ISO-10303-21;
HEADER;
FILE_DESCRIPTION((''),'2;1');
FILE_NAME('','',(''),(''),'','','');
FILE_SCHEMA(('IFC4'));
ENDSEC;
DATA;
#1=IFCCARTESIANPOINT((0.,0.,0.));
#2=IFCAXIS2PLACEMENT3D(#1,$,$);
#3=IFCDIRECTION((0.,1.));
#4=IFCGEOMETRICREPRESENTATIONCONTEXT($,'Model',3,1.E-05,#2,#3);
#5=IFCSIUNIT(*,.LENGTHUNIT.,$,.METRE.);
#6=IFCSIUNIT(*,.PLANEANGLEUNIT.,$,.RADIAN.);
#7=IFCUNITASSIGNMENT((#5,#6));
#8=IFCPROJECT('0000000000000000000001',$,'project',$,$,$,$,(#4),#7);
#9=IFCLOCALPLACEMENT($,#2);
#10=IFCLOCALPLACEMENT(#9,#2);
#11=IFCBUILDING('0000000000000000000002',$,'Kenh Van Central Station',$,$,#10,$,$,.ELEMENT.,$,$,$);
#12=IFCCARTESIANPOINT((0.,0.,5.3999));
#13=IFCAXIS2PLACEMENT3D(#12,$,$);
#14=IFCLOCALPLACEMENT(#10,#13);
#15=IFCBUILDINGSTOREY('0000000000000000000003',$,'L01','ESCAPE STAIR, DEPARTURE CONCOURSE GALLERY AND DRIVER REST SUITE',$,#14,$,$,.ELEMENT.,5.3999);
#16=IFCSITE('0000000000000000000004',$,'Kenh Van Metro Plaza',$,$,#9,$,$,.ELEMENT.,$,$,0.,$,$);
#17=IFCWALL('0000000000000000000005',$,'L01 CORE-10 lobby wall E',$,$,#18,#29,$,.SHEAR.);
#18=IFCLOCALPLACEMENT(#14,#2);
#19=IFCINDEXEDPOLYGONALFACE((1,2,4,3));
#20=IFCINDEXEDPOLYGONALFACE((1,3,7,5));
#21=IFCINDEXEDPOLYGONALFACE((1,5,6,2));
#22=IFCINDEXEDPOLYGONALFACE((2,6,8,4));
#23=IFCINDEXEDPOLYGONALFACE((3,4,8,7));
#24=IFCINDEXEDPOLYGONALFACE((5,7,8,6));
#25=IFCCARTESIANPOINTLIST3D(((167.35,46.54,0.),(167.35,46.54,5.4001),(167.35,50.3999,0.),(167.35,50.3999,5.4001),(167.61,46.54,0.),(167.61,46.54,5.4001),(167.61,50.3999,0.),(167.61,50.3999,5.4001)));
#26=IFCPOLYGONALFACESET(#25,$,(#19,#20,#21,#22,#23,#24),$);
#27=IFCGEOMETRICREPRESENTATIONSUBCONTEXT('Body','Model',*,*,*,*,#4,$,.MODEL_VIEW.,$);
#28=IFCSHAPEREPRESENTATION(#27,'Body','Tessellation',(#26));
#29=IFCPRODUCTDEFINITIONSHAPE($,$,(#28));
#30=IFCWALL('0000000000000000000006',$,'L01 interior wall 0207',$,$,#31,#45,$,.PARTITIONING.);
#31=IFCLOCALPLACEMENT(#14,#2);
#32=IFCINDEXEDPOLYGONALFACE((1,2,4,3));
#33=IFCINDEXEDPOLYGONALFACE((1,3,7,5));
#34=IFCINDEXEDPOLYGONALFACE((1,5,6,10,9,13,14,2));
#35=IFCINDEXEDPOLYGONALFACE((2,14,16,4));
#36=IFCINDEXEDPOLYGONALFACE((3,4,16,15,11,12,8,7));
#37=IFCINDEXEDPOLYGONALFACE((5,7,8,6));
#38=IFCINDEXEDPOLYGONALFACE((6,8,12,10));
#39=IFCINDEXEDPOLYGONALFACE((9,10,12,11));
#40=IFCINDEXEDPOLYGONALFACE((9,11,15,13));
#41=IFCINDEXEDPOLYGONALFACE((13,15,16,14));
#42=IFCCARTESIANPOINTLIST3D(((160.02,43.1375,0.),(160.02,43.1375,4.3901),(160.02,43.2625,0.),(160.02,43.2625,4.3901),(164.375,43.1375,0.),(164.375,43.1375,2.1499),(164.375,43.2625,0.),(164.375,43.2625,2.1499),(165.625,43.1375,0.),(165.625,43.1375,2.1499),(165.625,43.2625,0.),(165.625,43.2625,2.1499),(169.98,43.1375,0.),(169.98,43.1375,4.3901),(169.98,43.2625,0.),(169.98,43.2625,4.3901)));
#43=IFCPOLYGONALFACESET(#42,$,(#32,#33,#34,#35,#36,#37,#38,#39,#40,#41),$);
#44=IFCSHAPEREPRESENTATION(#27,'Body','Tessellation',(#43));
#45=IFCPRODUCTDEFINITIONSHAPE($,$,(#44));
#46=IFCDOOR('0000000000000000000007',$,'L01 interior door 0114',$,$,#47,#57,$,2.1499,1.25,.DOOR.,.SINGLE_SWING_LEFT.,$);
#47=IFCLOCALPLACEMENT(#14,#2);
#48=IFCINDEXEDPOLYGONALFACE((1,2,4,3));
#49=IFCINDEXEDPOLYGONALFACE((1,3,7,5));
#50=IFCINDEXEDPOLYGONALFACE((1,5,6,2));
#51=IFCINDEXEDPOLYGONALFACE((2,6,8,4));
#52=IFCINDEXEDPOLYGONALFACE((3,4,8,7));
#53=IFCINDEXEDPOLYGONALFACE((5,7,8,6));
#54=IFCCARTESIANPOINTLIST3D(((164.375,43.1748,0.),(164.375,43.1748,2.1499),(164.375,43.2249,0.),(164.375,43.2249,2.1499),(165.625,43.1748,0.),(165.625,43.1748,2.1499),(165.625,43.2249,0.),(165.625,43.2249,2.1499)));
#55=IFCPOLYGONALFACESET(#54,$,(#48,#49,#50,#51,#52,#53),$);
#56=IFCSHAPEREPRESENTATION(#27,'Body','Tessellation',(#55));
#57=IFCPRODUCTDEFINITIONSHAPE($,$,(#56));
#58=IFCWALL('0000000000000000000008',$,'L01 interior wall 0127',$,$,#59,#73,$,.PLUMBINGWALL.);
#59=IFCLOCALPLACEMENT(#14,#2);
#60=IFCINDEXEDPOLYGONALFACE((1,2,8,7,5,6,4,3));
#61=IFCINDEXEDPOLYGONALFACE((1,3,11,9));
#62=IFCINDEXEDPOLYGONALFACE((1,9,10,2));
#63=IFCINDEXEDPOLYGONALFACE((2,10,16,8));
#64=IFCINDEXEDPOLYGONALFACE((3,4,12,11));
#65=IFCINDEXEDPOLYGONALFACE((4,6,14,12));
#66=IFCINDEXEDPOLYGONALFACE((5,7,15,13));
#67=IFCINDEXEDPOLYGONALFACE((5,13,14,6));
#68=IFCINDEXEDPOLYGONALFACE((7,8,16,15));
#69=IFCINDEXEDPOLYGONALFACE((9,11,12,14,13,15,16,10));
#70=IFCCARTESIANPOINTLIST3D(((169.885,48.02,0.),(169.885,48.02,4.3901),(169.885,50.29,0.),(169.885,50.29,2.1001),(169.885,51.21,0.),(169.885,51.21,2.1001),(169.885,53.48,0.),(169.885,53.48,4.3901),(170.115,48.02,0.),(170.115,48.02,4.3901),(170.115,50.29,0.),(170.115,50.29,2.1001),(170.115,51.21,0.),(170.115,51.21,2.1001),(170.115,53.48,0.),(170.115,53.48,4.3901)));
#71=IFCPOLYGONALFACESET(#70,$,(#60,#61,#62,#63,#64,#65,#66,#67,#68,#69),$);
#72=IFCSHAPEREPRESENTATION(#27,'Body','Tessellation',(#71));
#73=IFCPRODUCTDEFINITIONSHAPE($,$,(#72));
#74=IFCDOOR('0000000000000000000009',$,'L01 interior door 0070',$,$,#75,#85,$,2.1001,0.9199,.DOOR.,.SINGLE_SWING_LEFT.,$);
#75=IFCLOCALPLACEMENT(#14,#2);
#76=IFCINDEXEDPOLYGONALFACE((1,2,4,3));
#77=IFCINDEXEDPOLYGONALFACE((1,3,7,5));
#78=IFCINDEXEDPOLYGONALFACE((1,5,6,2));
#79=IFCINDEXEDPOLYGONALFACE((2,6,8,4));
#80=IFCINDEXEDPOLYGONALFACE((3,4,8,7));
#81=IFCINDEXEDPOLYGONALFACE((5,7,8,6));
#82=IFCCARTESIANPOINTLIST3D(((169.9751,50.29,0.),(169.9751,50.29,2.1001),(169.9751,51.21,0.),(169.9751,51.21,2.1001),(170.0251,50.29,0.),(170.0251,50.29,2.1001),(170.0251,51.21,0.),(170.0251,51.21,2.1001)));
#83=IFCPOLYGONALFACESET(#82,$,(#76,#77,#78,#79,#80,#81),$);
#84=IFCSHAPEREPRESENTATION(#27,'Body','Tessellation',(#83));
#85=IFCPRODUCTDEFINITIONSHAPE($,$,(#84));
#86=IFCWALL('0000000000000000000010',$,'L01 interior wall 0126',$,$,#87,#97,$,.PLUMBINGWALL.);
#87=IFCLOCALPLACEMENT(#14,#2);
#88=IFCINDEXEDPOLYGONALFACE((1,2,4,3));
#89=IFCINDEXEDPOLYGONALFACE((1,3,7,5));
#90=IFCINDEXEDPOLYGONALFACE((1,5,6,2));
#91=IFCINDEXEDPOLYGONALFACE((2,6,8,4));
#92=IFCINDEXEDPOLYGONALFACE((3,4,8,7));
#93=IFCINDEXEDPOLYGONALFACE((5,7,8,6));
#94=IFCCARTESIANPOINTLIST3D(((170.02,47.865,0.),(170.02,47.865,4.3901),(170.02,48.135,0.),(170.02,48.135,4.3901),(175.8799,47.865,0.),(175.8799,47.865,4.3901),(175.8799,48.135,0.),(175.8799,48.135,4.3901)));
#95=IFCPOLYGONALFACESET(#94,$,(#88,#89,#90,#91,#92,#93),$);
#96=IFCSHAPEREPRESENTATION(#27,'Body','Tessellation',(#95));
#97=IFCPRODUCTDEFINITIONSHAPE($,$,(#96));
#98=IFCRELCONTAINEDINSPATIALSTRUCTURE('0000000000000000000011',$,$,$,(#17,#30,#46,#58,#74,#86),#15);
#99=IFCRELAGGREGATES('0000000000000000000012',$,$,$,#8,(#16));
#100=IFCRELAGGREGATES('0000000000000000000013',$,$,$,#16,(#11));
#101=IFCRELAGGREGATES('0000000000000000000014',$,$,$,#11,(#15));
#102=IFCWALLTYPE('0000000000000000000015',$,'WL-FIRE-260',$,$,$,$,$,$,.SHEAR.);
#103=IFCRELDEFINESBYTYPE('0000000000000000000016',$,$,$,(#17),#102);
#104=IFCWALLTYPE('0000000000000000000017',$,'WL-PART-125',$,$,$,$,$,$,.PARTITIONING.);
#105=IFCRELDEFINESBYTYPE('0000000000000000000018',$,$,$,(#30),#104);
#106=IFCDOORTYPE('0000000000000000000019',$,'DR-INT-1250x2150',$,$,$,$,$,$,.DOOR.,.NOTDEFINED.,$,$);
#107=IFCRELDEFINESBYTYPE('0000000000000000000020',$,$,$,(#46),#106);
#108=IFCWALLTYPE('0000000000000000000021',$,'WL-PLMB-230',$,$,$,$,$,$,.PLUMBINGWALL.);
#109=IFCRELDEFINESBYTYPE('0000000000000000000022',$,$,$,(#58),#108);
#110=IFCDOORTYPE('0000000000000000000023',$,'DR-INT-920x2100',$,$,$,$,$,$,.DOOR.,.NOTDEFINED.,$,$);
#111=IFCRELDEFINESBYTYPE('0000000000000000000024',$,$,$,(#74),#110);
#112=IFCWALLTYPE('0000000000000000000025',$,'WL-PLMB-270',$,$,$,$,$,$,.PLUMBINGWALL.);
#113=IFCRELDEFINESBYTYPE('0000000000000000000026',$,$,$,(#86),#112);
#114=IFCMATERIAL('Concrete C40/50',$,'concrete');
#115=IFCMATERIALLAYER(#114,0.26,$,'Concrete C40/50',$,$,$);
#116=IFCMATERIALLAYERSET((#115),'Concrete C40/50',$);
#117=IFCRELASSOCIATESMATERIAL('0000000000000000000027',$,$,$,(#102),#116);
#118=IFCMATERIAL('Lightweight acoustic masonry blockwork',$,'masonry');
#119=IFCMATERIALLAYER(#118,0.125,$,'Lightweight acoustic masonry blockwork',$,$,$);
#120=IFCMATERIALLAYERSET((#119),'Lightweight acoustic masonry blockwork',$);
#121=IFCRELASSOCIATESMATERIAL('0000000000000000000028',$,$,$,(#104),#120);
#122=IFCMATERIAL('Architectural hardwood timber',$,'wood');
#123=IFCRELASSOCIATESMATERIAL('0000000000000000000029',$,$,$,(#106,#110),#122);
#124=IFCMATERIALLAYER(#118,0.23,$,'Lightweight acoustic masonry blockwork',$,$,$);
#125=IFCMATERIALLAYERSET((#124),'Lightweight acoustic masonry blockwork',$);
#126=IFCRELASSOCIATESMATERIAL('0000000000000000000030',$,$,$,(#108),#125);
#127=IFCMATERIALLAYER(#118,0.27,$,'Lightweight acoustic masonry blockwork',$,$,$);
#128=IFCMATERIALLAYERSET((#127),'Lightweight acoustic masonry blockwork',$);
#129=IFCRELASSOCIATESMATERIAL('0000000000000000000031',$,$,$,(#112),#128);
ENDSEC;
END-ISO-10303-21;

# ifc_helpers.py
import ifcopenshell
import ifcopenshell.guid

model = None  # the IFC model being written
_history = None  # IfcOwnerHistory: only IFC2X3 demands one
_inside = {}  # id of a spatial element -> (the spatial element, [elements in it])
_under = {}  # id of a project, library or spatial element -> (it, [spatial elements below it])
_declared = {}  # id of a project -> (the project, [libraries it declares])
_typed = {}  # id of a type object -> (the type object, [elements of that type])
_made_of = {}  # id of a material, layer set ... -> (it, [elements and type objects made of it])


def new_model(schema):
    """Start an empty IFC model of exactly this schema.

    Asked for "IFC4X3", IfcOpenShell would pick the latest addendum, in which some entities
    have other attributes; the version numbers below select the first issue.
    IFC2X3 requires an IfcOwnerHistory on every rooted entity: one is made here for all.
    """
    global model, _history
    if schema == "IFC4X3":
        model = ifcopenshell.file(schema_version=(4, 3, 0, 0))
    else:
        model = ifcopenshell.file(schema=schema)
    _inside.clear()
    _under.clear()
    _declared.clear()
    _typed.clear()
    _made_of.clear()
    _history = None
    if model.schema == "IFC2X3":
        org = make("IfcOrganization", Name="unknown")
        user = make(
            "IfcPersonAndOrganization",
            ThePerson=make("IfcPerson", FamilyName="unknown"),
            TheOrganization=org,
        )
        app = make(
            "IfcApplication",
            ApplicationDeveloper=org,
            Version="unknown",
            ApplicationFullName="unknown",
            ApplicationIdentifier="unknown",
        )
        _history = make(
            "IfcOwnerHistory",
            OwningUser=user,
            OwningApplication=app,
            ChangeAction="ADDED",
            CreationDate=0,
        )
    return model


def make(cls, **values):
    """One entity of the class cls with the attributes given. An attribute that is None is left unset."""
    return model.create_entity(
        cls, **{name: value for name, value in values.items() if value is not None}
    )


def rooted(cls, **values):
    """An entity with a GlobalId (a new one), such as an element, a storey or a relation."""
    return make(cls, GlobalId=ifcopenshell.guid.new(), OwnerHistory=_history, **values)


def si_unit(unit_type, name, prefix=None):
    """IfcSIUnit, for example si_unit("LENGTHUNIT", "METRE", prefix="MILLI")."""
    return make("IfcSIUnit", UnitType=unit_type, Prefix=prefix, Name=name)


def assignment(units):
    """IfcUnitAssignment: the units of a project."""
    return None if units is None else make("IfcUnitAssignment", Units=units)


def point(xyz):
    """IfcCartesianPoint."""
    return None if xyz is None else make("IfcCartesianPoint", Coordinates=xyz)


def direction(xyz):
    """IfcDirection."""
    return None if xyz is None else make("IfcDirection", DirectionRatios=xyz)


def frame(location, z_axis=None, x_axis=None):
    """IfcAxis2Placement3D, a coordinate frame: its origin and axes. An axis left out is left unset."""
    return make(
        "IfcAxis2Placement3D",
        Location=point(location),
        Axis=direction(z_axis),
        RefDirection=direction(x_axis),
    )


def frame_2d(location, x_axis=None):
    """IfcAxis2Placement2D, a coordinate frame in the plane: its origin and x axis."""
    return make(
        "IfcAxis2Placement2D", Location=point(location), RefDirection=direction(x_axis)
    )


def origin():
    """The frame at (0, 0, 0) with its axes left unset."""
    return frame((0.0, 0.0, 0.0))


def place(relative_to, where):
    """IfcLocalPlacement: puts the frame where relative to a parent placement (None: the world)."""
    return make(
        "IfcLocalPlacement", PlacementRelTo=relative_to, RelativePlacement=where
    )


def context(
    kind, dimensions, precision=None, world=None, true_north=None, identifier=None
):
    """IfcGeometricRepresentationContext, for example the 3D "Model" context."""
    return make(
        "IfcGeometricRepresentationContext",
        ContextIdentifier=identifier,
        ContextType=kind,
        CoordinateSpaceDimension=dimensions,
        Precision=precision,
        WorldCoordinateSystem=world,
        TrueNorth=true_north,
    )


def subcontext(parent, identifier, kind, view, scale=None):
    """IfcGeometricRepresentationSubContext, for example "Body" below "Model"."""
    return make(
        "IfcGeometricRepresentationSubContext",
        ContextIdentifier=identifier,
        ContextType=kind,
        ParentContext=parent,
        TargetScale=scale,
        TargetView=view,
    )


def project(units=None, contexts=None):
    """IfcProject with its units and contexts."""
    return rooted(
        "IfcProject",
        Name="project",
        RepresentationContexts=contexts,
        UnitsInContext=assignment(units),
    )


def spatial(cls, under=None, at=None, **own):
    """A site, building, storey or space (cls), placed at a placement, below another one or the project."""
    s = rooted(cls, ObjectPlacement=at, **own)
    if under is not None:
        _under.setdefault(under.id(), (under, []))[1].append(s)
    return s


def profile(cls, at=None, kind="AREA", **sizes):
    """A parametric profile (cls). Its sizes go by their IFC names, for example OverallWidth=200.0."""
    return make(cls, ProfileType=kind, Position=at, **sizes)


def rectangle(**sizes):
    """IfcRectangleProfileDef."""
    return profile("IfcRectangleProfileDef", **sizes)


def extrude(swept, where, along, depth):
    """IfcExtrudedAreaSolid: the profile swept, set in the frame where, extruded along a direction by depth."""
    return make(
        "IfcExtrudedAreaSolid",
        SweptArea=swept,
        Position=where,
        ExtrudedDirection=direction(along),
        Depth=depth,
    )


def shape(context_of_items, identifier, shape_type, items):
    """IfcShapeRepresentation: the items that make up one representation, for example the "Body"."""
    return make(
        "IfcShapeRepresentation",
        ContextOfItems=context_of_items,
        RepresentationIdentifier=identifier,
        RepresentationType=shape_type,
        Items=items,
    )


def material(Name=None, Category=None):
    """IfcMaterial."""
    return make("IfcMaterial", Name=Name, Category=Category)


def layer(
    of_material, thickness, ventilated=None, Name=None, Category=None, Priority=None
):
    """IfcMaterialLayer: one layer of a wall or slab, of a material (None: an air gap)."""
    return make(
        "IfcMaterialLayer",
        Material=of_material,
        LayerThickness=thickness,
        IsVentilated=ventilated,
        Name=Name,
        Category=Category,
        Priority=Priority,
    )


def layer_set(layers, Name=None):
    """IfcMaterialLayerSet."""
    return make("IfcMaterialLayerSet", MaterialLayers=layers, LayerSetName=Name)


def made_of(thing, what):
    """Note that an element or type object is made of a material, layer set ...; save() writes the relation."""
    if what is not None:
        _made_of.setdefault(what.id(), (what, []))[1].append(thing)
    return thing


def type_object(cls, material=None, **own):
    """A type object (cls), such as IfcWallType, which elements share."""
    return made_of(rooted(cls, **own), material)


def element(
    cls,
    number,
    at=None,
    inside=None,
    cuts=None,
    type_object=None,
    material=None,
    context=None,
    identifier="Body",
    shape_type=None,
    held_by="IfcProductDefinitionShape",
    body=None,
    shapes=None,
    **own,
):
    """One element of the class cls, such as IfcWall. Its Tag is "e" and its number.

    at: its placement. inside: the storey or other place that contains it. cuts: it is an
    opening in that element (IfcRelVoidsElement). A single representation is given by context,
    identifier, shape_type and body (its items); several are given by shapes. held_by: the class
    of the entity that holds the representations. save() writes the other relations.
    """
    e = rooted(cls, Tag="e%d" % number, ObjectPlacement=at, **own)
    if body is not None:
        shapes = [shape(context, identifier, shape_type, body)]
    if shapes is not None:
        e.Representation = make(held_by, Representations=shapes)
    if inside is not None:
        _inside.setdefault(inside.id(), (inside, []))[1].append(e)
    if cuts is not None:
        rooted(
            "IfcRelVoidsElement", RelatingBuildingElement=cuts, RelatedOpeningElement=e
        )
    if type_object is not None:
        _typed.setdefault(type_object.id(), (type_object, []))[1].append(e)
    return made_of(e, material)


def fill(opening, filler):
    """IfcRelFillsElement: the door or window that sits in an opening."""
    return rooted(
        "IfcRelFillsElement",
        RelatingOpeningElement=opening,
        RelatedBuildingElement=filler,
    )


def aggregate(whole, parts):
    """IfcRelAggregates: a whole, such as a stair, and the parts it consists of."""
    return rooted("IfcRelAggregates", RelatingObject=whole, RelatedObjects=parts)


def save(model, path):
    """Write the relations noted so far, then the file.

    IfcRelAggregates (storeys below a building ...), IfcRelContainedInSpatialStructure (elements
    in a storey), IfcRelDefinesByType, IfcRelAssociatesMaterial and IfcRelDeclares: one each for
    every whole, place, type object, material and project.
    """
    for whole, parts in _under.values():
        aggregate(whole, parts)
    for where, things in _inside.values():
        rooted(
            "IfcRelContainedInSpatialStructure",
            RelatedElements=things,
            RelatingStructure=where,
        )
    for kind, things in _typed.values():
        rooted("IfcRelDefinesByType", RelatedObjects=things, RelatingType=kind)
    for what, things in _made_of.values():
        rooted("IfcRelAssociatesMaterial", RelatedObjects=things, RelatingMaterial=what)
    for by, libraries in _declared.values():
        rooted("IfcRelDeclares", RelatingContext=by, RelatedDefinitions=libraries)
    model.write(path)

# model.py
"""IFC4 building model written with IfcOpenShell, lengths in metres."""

from ifc_helpers import new_model, si_unit, direction, frame, frame_2d, origin, place, context, subcontext, project, spatial, rectangle, extrude, material, layer, layer_set, type_object, element, fill, save


model = new_model("IFC4")

# Units and contexts
model_context = context("Model", 3, precision=1e-05, world=origin(), true_north=direction((0.0, 1.0)))
body_context = subcontext(model_context, "Body", "Model", "MODEL_VIEW")
ifc_project = project(units=[si_unit("LENGTHUNIT", "METRE"), si_unit("PLANEANGLEUNIT", "RADIAN")], contexts=[model_context])

# Site, building, storey
site_placement = place(None, origin())
site = spatial("IfcSite", under=ifc_project, at=site_placement, Name="Kenh Van Metro Plaza", CompositionType="ELEMENT", RefElevation=0.0)
building_placement = place(site_placement, origin())
building = spatial("IfcBuilding", under=site, at=building_placement, Name="Kenh Van Central Station", CompositionType="ELEMENT")
storey_placement = place(building_placement, frame((0.0, 0.0, 5.3999)))
storey = spatial("IfcBuildingStorey", under=building, at=storey_placement, Name="L01", Description="ESCAPE STAIR, DEPARTURE CONCOURSE GALLERY AND DRIVER REST SUITE", CompositionType="ELEMENT", Elevation=5.3999)

# Shared definitions
ifc_material_1 = material(Name="Concrete C40/50", Category="concrete")

# Shared definitions
ifc_layer_1 = layer(ifc_material_1, 0.26, Name="Concrete C40/50")
ifc_layer_set_1 = layer_set([ifc_layer_1], Name="Concrete C40/50")
wall_type_1 = type_object("IfcWallType", Name="WL-FIRE-260", PredefinedType="SHEAR", material=ifc_layer_set_1)

# Wall
for number, where, z_axis, x_axis, name in (
    (1, (167.48, 46.54, 0.0), (0.0, 0.0, 1.0), (0.0, 1.0, 0.0), "L01 CORE-10 lobby wall E"),
):
    element("IfcWall", number, at=place(storey_placement, frame(where, z_axis=z_axis, x_axis=x_axis)), inside=storey, type_object=wall_type_1, Name=name, PredefinedType="SHEAR", context=body_context, shape_type="SweptSolid", body=[
        extrude(rectangle(XDim=3.8599, YDim=0.26, at=frame_2d((1.9299, 0.0))), origin(), (0.0, 0.0, 1.0), 5.4001),
    ])

# Walls, openings, doors
ifc_material_2 = material(Name="Lightweight acoustic masonry blockwork", Category="masonry")
ifc_layer_2 = layer(ifc_material_2, 0.125, Name="Lightweight acoustic masonry blockwork")
ifc_layer_set_2 = layer_set([ifc_layer_2], Name="Lightweight acoustic masonry blockwork")
wall_type_2 = type_object("IfcWallType", Name="WL-PART-125", PredefinedType="PARTITIONING", material=ifc_layer_set_2)
wall_1_placement = place(storey_placement, frame((160.02, 43.2, 0.0), z_axis=(0.0, 0.0, 1.0), x_axis=(1.0, 0.0, 0.0)))
wall_1 = element("IfcWall", 2, at=wall_1_placement, inside=storey, type_object=wall_type_2, Name="L01 interior wall 0207", PredefinedType="PARTITIONING", context=body_context, shape_type="SweptSolid", body=[
    extrude(rectangle(XDim=9.96, YDim=0.125, at=frame_2d((4.98, 0.0))), origin(), (0.0, 0.0, 1.0), 4.3901),
])
opening_1_placement = place(wall_1_placement, frame((4.355, 0.0, 0.0)))
opening_1 = element("IfcOpeningElement", 3, at=opening_1_placement, cuts=wall_1, PredefinedType="OPENING", context=body_context, shape_type="SweptSolid", body=[
    extrude(rectangle(XDim=1.25, YDim=2.1499, at=frame_2d((0.625, 1.075))), frame((0.0, 0.0725, 0.0), z_axis=(0.0, -1.0, 0.0), x_axis=(1.0, 0.0, 0.0)), (0.0, 0.0, 1.0), 0.145),
])
ifc_material_3 = material(Name="Architectural hardwood timber", Category="wood")
door_type_1 = type_object("IfcDoorType", Name="DR-INT-1250x2150", OperationType="NOTDEFINED", PredefinedType="DOOR", material=ifc_material_3)
door_1_placement = place(opening_1_placement, origin())
door_1 = element("IfcDoor", 4, at=door_1_placement, inside=storey, type_object=door_type_1, Name="L01 interior door 0114", OperationType="SINGLE_SWING_LEFT", OverallHeight=2.1499, OverallWidth=1.25, PredefinedType="DOOR", context=body_context, shape_type="SweptSolid", body=[
    extrude(rectangle(XDim=1.25, YDim=2.1499, at=frame_2d((0.625, 1.075))), frame((0.0, 0.0249, 0.0), z_axis=(0.0, -1.0, 0.0), x_axis=(1.0, 0.0, 0.0)), (0.0, 0.0, 1.0), 0.05),
])
fill(opening_1, door_1)
ifc_layer_3 = layer(ifc_material_2, 0.23, Name="Lightweight acoustic masonry blockwork")
ifc_layer_set_3 = layer_set([ifc_layer_3], Name="Lightweight acoustic masonry blockwork")
wall_type_3 = type_object("IfcWallType", Name="WL-PLMB-230", PredefinedType="PLUMBINGWALL", material=ifc_layer_set_3)
wall_2_placement = place(storey_placement, frame((170.0, 48.02, 0.0), z_axis=(0.0, 0.0, 1.0), x_axis=(0.0, 1.0, 0.0)))
wall_2 = element("IfcWall", 5, at=wall_2_placement, inside=storey, type_object=wall_type_3, Name="L01 interior wall 0127", PredefinedType="PLUMBINGWALL", context=body_context, shape_type="SweptSolid", body=[
    extrude(rectangle(XDim=5.46, YDim=0.23, at=frame_2d((2.73, 0.0))), origin(), (0.0, 0.0, 1.0), 4.3901),
])
opening_2_placement = place(wall_2_placement, frame((2.27, 0.0, 0.0)))
opening_2 = element("IfcOpeningElement", 6, at=opening_2_placement, cuts=wall_2, PredefinedType="OPENING", context=body_context, shape_type="SweptSolid", body=[
    extrude(rectangle(XDim=0.9199, YDim=2.1001, at=frame_2d((0.46, 1.05))), frame((0.0, 0.125, 0.0), z_axis=(0.0, -1.0, 0.0), x_axis=(1.0, 0.0, 0.0)), (0.0, 0.0, 1.0), 0.25),
])
door_type_2 = type_object("IfcDoorType", Name="DR-INT-920x2100", OperationType="NOTDEFINED", PredefinedType="DOOR", material=ifc_material_3)
door_2_placement = place(opening_2_placement, origin())
door_2 = element("IfcDoor", 7, at=door_2_placement, inside=storey, type_object=door_type_2, Name="L01 interior door 0070", OperationType="SINGLE_SWING_LEFT", OverallHeight=2.1001, OverallWidth=0.9199, PredefinedType="DOOR", context=body_context, shape_type="SweptSolid", body=[
    extrude(rectangle(XDim=0.9199, YDim=2.1001, at=frame_2d((0.46, 1.05))), frame((0.0, 0.0249, 0.0), z_axis=(0.0, -1.0, 0.0), x_axis=(1.0, 0.0, 0.0)), (0.0, 0.0, 1.0), 0.05),
])
fill(opening_2, door_2)

# Wall
ifc_layer_4 = layer(ifc_material_2, 0.27, Name="Lightweight acoustic masonry blockwork")
ifc_layer_set_4 = layer_set([ifc_layer_4], Name="Lightweight acoustic masonry blockwork")
wall_type_4 = type_object("IfcWallType", Name="WL-PLMB-270", PredefinedType="PLUMBINGWALL", material=ifc_layer_set_4)
wall_3_placement = place(storey_placement, frame((170.02, 48.0, 0.0), z_axis=(0.0, 0.0, 1.0), x_axis=(1.0, 0.0, 0.0)))
element("IfcWall", 8, at=wall_3_placement, inside=storey, type_object=wall_type_4, Name="L01 interior wall 0126", PredefinedType="PLUMBINGWALL", context=body_context, shape_type="SweptSolid", body=[
    extrude(rectangle(XDim=5.8599, YDim=0.27, at=frame_2d((2.9299, 0.0))), origin(), (0.0, 0.0, 1.0), 4.3901),
])

save(model, "model.ifc")
